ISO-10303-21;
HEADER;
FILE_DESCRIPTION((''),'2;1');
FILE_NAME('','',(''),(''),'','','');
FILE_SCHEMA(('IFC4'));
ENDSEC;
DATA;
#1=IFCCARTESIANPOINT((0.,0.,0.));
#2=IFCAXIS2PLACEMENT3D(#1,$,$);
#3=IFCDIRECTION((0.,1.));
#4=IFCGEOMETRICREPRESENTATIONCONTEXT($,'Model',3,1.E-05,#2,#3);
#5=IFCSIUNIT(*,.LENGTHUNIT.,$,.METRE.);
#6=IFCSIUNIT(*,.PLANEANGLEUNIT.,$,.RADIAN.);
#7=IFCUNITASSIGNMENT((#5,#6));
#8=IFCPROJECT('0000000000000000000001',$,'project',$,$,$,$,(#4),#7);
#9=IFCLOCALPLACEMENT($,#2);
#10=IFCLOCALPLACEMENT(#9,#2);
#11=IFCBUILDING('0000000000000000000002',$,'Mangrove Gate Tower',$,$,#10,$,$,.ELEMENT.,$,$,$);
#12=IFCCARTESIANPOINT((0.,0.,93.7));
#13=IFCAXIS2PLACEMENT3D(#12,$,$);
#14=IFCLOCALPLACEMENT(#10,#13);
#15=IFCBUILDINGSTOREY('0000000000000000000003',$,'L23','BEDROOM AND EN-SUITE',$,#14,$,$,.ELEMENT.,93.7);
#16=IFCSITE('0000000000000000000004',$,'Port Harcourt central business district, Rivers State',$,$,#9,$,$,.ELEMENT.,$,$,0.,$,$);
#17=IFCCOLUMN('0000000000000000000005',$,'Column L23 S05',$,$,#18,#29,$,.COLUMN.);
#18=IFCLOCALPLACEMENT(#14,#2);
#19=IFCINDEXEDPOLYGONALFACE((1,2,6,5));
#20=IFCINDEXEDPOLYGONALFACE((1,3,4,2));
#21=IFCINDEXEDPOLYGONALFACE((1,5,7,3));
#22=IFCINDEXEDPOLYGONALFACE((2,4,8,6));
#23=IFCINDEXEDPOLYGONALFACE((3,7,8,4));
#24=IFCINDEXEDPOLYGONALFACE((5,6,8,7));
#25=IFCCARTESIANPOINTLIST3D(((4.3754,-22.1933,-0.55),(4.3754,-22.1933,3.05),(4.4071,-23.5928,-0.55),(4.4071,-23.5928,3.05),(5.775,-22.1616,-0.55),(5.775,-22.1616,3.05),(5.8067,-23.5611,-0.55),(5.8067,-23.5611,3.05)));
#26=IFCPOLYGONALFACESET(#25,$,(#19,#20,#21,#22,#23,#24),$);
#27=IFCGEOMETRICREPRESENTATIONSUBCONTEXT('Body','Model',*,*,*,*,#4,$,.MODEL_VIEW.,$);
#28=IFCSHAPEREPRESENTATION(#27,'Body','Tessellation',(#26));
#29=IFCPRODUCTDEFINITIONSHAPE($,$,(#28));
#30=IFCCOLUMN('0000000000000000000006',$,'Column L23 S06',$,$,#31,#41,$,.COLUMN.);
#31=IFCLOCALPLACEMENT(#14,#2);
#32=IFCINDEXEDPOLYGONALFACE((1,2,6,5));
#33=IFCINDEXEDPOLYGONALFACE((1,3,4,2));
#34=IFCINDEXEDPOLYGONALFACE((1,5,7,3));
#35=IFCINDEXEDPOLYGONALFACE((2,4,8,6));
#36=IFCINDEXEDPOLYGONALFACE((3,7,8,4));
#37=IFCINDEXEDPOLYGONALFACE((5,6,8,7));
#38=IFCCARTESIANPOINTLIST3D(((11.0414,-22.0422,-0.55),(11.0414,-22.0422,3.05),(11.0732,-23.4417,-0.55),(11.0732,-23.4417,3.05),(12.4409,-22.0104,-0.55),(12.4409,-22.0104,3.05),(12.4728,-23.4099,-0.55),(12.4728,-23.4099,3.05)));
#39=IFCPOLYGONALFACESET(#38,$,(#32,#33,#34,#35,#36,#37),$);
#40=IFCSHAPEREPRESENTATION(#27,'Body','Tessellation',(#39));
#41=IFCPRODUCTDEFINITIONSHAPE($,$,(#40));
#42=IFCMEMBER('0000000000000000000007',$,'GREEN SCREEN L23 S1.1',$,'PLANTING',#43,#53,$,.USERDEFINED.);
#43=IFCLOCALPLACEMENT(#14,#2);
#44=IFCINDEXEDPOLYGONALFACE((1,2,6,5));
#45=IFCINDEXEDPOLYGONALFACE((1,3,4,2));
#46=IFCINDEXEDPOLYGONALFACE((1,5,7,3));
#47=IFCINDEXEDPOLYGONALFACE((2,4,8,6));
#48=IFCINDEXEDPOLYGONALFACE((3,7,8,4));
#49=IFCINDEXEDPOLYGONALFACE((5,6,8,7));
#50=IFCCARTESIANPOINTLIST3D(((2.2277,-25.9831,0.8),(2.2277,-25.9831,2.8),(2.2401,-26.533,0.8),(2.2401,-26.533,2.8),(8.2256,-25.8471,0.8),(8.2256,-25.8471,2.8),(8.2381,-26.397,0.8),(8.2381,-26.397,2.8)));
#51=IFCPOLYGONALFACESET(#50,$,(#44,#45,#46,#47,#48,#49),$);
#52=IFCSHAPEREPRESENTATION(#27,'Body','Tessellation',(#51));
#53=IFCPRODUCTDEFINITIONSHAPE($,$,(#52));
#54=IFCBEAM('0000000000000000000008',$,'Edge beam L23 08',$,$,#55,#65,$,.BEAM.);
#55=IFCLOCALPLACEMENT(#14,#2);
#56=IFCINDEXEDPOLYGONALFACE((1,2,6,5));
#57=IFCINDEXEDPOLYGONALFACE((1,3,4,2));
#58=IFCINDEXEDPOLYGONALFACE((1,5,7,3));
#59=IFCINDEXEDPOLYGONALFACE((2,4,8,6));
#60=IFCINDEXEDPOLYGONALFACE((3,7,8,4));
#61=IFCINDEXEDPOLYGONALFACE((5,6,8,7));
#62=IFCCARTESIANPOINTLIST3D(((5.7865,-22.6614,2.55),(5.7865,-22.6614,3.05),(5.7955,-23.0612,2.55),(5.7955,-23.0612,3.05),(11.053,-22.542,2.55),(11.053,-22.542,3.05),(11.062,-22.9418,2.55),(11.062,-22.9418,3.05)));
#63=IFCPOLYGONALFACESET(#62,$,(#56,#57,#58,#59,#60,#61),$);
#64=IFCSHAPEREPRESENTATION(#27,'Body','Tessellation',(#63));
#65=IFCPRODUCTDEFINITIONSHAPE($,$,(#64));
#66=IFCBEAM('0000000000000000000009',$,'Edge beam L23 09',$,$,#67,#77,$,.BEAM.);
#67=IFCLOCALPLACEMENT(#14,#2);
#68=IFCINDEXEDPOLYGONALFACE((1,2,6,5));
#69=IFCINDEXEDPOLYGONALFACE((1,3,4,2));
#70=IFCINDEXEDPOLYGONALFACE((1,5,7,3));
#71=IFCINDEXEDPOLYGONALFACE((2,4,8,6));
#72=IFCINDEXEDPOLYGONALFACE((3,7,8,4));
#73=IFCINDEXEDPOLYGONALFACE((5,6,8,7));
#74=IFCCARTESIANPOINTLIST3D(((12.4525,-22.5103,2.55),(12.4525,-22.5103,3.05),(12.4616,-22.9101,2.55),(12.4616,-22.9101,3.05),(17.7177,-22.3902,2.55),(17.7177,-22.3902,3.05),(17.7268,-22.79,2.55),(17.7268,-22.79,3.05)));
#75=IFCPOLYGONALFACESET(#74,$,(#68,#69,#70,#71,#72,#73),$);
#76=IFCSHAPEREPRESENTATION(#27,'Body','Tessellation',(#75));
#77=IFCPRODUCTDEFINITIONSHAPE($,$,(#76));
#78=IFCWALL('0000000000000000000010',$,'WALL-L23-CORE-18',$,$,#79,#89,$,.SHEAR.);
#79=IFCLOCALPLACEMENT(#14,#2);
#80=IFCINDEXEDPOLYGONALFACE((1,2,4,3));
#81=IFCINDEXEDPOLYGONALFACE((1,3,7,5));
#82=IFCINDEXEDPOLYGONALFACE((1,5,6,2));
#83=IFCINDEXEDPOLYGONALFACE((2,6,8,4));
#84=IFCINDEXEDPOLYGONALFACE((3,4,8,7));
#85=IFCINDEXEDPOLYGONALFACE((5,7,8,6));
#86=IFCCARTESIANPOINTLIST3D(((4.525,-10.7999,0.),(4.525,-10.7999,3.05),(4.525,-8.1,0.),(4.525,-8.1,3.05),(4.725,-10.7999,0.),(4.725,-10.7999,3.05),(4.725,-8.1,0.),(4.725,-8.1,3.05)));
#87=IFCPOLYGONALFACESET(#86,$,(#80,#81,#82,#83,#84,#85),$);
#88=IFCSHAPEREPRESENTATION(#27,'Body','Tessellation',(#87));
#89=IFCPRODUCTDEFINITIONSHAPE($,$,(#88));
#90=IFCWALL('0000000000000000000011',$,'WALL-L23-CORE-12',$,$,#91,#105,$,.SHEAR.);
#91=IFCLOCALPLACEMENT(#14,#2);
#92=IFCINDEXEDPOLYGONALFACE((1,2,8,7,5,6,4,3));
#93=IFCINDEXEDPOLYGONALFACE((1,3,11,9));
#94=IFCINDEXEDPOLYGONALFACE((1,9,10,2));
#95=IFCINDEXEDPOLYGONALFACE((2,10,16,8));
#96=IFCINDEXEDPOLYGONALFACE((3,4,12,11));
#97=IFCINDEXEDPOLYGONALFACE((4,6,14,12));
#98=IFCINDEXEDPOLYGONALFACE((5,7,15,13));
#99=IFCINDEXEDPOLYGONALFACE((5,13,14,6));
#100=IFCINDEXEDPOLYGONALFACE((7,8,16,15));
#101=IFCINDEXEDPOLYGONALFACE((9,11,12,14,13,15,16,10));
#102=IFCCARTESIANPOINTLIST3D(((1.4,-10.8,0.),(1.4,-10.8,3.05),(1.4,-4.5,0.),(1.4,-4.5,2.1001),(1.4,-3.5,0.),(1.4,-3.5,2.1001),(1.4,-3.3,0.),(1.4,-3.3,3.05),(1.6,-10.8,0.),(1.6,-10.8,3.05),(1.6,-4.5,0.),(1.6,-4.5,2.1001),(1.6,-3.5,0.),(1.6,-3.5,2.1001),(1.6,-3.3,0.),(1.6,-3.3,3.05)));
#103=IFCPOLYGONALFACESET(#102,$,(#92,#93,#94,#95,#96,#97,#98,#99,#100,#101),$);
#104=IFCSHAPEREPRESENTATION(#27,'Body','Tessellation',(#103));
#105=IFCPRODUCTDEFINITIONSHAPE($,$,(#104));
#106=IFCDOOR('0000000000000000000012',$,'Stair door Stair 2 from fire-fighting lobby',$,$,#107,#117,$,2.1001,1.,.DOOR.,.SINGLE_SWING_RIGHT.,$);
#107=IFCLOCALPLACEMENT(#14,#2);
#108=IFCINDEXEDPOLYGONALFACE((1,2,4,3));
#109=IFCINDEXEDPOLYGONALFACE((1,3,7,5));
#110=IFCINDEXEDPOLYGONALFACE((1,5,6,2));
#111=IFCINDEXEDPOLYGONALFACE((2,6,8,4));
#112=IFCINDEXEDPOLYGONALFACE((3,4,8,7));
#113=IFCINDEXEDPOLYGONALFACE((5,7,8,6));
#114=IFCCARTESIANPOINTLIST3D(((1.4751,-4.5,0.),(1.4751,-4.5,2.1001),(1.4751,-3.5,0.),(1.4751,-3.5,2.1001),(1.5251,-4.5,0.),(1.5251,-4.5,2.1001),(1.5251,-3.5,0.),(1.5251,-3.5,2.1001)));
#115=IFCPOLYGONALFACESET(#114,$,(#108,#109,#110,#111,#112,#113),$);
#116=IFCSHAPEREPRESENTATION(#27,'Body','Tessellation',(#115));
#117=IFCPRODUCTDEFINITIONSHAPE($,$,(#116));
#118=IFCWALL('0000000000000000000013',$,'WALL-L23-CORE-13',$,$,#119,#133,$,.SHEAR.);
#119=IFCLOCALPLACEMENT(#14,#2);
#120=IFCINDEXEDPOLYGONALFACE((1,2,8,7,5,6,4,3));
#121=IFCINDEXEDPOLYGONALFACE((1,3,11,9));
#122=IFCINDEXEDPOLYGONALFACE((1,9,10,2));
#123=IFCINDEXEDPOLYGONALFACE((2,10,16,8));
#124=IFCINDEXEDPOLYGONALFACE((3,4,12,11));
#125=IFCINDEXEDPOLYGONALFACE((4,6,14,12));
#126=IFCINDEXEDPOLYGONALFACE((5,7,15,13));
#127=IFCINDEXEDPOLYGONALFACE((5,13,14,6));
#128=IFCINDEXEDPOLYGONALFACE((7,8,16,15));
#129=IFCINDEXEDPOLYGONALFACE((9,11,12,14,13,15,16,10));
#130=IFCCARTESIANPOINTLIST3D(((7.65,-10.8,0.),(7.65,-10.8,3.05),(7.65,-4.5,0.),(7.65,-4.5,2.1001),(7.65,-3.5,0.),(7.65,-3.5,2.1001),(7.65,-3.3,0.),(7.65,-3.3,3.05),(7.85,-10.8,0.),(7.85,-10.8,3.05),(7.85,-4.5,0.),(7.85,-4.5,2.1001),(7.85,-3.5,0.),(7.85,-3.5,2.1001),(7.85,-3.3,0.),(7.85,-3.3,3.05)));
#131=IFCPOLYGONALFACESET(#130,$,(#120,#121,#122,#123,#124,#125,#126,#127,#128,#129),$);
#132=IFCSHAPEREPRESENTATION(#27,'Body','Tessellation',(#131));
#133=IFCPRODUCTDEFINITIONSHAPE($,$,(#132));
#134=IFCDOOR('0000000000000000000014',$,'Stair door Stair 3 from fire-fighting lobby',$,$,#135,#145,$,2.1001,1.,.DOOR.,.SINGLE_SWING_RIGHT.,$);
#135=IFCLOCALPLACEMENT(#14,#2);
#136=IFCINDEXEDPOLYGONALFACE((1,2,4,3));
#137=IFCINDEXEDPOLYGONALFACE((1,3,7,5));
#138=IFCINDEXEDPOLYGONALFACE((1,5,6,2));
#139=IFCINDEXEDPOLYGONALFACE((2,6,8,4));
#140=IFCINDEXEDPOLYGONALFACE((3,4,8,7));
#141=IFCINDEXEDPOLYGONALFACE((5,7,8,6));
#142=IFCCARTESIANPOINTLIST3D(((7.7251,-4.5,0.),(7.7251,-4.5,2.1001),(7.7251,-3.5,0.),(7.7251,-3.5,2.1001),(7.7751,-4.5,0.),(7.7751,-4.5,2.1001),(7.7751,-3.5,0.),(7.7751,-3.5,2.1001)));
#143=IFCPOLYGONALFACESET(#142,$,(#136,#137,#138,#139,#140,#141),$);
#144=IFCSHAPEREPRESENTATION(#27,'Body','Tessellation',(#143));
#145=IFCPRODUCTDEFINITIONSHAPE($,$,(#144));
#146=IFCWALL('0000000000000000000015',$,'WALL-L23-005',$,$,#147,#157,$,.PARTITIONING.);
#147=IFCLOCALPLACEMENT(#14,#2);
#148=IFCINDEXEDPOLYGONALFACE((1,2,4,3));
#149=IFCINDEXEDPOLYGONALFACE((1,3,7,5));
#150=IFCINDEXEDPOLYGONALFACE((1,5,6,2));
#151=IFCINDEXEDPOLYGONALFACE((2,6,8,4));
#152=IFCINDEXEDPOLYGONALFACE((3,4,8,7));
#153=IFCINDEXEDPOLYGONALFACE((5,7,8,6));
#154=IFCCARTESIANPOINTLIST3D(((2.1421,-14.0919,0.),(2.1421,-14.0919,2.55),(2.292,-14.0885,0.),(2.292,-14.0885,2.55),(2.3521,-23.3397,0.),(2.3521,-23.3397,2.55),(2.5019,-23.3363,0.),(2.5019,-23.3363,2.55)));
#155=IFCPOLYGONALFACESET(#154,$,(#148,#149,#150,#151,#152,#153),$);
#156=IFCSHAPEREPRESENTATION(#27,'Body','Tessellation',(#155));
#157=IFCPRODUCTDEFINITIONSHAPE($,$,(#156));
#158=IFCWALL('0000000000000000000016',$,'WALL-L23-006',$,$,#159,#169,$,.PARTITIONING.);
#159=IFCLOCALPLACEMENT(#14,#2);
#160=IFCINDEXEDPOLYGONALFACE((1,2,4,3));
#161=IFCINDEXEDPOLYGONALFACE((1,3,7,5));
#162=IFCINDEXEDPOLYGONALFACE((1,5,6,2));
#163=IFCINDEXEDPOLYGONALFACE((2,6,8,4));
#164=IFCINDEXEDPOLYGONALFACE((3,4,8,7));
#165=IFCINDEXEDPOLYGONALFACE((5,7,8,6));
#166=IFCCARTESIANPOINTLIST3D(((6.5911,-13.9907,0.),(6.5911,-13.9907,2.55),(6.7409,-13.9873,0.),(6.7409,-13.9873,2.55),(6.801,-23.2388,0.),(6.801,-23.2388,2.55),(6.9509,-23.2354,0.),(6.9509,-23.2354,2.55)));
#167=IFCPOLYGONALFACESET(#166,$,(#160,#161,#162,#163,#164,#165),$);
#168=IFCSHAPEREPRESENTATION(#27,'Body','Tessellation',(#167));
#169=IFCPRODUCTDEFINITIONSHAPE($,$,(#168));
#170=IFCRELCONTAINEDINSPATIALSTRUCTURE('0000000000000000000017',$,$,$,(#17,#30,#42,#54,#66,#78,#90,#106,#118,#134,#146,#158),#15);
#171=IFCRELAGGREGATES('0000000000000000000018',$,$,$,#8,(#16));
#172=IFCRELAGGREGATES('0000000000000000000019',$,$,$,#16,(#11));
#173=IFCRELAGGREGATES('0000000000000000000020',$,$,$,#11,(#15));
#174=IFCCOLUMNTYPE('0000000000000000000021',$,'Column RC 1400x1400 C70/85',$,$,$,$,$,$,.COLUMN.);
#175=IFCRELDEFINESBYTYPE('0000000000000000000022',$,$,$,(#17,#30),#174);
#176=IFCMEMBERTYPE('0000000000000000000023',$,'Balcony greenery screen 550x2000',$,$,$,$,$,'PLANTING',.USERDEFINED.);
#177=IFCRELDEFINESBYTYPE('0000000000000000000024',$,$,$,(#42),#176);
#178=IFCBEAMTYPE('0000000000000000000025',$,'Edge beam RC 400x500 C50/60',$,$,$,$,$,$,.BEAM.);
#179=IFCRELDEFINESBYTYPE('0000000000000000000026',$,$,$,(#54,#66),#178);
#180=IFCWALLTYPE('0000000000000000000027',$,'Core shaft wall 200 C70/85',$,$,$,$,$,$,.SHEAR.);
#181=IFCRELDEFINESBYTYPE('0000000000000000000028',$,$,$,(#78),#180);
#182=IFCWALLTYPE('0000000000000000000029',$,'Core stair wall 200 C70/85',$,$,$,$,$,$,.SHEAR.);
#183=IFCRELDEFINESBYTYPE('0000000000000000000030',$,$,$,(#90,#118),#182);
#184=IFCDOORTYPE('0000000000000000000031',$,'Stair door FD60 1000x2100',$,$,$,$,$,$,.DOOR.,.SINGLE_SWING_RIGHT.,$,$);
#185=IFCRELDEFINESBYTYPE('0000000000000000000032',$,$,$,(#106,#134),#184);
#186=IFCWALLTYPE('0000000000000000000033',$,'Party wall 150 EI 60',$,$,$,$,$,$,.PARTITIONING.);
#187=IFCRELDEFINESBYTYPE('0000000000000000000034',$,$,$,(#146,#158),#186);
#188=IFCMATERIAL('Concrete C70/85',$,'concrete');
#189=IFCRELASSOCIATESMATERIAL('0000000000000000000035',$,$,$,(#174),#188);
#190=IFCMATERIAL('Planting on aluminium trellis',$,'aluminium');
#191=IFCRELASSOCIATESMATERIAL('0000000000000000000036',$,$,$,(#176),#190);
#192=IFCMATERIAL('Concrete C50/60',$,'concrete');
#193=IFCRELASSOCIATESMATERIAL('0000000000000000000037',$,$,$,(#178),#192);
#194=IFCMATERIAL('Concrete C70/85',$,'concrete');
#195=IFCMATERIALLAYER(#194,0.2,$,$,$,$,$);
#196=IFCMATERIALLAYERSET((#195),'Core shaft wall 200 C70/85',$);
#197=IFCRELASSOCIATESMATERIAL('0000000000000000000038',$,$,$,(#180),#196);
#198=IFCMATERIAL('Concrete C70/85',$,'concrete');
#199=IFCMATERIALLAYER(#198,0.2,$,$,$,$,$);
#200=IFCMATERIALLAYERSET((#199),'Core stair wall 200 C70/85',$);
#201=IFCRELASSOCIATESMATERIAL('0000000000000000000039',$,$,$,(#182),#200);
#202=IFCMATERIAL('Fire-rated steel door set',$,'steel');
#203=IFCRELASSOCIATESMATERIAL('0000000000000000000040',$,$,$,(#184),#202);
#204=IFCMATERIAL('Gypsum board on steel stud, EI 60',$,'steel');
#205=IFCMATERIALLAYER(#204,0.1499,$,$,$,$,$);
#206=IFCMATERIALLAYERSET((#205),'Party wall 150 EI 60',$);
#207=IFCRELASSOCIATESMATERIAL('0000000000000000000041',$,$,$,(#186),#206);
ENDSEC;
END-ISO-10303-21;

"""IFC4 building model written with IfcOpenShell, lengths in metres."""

from ifc_helpers import new_model, si_unit, direction, frame, frame_2d, origin, origin_2d, place, context, subcontext, project, spatial, rectangle, extrude, material, layer, layer_set, material_profile, profile_set, type_object, element, fill, save


model = new_model("IFC4")

# Units and contexts
model_context = context("Model", 3, precision=1e-05, world=origin(), true_north=direction((0.0, 1.0)))
body_context = subcontext(model_context, "Body", "Model", "MODEL_VIEW")
ifc_project = project(units=[si_unit("LENGTHUNIT", "METRE"), si_unit("PLANEANGLEUNIT", "RADIAN")], contexts=[model_context])

# Site, building, storey
site_placement = place(None, origin())
site = spatial("IfcSite", under=ifc_project, at=site_placement, Name="Port Harcourt central business district, Rivers State", CompositionType="ELEMENT", RefElevation=0.0)
building_placement = place(site_placement, origin())
building = spatial("IfcBuilding", under=site, at=building_placement, Name="Mangrove Gate Tower", CompositionType="ELEMENT")
storey_placement = place(building_placement, frame((0.0, 0.0, 93.7)))
storey = spatial("IfcBuildingStorey", under=building, at=storey_placement, Name="L23", Description="BEDROOM AND EN-SUITE", CompositionType="ELEMENT", Elevation=93.7)

# Columns
ifc_material_1 = material(Name="Concrete C70/85", Category="concrete")
ifc_material_profile_1 = material_profile(ifc_material_1, rectangle(XDim=1.3999, YDim=1.3999, at=origin_2d()))
ifc_profile_set_1 = profile_set([ifc_material_profile_1], Name="Concrete C70/85")
column_type = type_object("IfcColumnType", Name="Column RC 1400x1400 C70/85", PredefinedType="COLUMN", material=ifc_profile_set_1)
for number, where, z_axis, x_axis, name in (
    (1, (5.0911, -22.8772, -0.55), (0.0, 0.0, 1.0), (0.999744, 0.022646, 0.0), "Column L23 S05"),
    (2, (11.7571, -22.7261, -0.55), (0.0, 0.0, 1.0), (0.999742, 0.022723, 0.0), "Column L23 S06"),
):
    element("IfcColumn", number, at=place(storey_placement, frame(where, z_axis=z_axis, x_axis=x_axis)), inside=storey, type_object=column_type, Name=name, PredefinedType="COLUMN", context=body_context, shape_type="SweptSolid", body=[
        extrude(rectangle(XDim=1.3999, YDim=1.3999, at=origin_2d()), origin(), (0.0, 0.0, 1.0), 3.6001),
    ])

# Member
ifc_material_2 = material(Name="Planting on aluminium trellis", Category="aluminium")
ifc_material_profile_2 = material_profile(ifc_material_2, rectangle(XDim=0.55, YDim=2.0, at=origin_2d()))
ifc_profile_set_2 = profile_set([ifc_material_profile_2], Name="Planting on aluminium trellis")
member_type = type_object("IfcMemberType", Name="Balcony greenery screen 550x2000", ElementType="PLANTING", PredefinedType="USERDEFINED", material=ifc_profile_set_2)
member_placement = place(storey_placement, frame((2.2339, -26.2581, 1.8), z_axis=(0.999743, 0.022666, 0.0), x_axis=(-0.022666, 0.999743, 0.0)))
element("IfcMember", 3, at=member_placement, inside=storey, type_object=member_type, Name="GREEN SCREEN L23 S1.1", ObjectType="PLANTING", PredefinedType="USERDEFINED", context=body_context, shape_type="SweptSolid", body=[
    extrude(rectangle(XDim=0.55, YDim=2.0, at=origin_2d()), origin(), (0.0, 0.0, 1.0), 5.9995),
])

# Beams
ifc_material_3 = material(Name="Concrete C50/60", Category="concrete")
ifc_material_profile_3 = material_profile(ifc_material_3, rectangle(XDim=0.3999, YDim=0.5, at=origin_2d()))
ifc_profile_set_3 = profile_set([ifc_material_profile_3], Name="Concrete C50/60")
beam_type = type_object("IfcBeamType", Name="Edge beam RC 400x500 C50/60", PredefinedType="BEAM", material=ifc_profile_set_3)
beam_1_placement = place(storey_placement, frame((5.791, -22.8613, 2.8), z_axis=(0.999743, 0.022664, 0.0), x_axis=(-0.022664, 0.999743, 0.0)))
element("IfcBeam", 4, at=beam_1_placement, inside=storey, type_object=beam_type, Name="Edge beam L23 08", PredefinedType="BEAM", context=body_context, shape_type="SweptSolid", body=[
    extrude(rectangle(XDim=0.3999, YDim=0.5, at=origin_2d()), origin(), (0.0, 0.0, 1.0), 5.2678),
])
beam_2_placement = place(storey_placement, frame((12.457, -22.7102, 2.8), z_axis=(0.99974, 0.022808, 0.0), x_axis=(-0.022808, 0.99974, 0.0)))
element("IfcBeam", 5, at=beam_2_placement, inside=storey, type_object=beam_type, Name="Edge beam L23 09", PredefinedType="BEAM", context=body_context, shape_type="SweptSolid", body=[
    extrude(rectangle(XDim=0.3999, YDim=0.5, at=origin_2d()), origin(), (0.0, 0.0, 1.0), 5.2666),
])

# Wall
ifc_material_4 = material(Name="Concrete C70/85", Category="concrete")
ifc_layer_1 = layer(ifc_material_4, 0.2)
ifc_layer_set_1 = layer_set([ifc_layer_1], Name="Core shaft wall 200 C70/85")
wall_type_1 = type_object("IfcWallType", Name="Core shaft wall 200 C70/85", PredefinedType="SHEAR", material=ifc_layer_set_1)
wall_1_placement = place(storey_placement, frame((4.625, -10.8, 0.0), z_axis=(0.0, 0.0, 1.0), x_axis=(0.0, 1.0, 0.0)))
element("IfcWall", 6, at=wall_1_placement, inside=storey, type_object=wall_type_1, Name="WALL-L23-CORE-18", PredefinedType="SHEAR", context=body_context, shape_type="SweptSolid", body=[
    extrude(rectangle(XDim=2.7, YDim=0.2, at=frame_2d((1.3501, 0.0))), origin(), (0.0, 0.0, 1.0), 3.05),
])

# Walls, openings, doors
ifc_material_5 = material(Name="Concrete C70/85", Category="concrete")
ifc_layer_2 = layer(ifc_material_5, 0.2)
ifc_layer_set_2 = layer_set([ifc_layer_2], Name="Core stair wall 200 C70/85")
wall_type_2 = type_object("IfcWallType", Name="Core stair wall 200 C70/85", PredefinedType="SHEAR", material=ifc_layer_set_2)
wall_2_placement = place(storey_placement, frame((1.5, -10.8, 0.0), z_axis=(0.0, 0.0, 1.0), x_axis=(0.0, 1.0, 0.0)))
wall_2 = element("IfcWall", 7, at=wall_2_placement, inside=storey, type_object=wall_type_2, Name="WALL-L23-CORE-12", PredefinedType="SHEAR", context=body_context, shape_type="SweptSolid", body=[
    extrude(rectangle(XDim=7.5, YDim=0.2, at=frame_2d((3.75, 0.0))), origin(), (0.0, 0.0, 1.0), 3.05),
])
opening_1_placement = place(wall_2_placement, frame((6.3, 0.0, 0.0)))
opening_1 = element("IfcOpeningElement", 8, at=opening_1_placement, cuts=wall_2, PredefinedType="OPENING", context=body_context, shape_type="SweptSolid", body=[
    extrude(rectangle(XDim=1.0, YDim=2.1001, at=frame_2d((0.5, 1.05))), frame((0.0, 0.1099, 0.0), z_axis=(0.0, -1.0, 0.0), x_axis=(1.0, 0.0, 0.0)), (0.0, 0.0, 1.0), 0.22),
])
ifc_material_6 = material(Name="Fire-rated steel door set", Category="steel")
door_type_1 = type_object("IfcDoorType", Name="Stair door FD60 1000x2100", OperationType="SINGLE_SWING_RIGHT", PredefinedType="DOOR", material=ifc_material_6)
door_1_placement = place(opening_1_placement, origin())
door_1 = element("IfcDoor", 9, at=door_1_placement, inside=storey, type_object=door_type_1, Name="Stair door Stair 2 from fire-fighting lobby", OperationType="SINGLE_SWING_RIGHT", OverallHeight=2.1001, OverallWidth=1.0, PredefinedType="DOOR", context=body_context, shape_type="SweptSolid", body=[
    extrude(rectangle(XDim=1.0, YDim=2.1001, at=frame_2d((0.5, 1.05))), frame((0.0, 0.0249, 0.0), z_axis=(0.0, -1.0, 0.0), x_axis=(1.0, 0.0, 0.0)), (0.0, 0.0, 1.0), 0.05),
])
fill(opening_1, door_1)
wall_3_placement = place(storey_placement, frame((7.75, -10.8, 0.0), z_axis=(0.0, 0.0, 1.0), x_axis=(0.0, 1.0, 0.0)))
wall_3 = element("IfcWall", 10, at=wall_3_placement, inside=storey, type_object=wall_type_2, Name="WALL-L23-CORE-13", PredefinedType="SHEAR", context=body_context, shape_type="SweptSolid", body=[
    extrude(rectangle(XDim=7.5, YDim=0.2, at=frame_2d((3.75, 0.0))), origin(), (0.0, 0.0, 1.0), 3.05),
])
opening_2_placement = place(wall_3_placement, frame((6.3, 0.0, 0.0)))
opening_2 = element("IfcOpeningElement", 11, at=opening_2_placement, cuts=wall_3, PredefinedType="OPENING", context=body_context, shape_type="SweptSolid", body=[
    extrude(rectangle(XDim=1.0, YDim=2.1001, at=frame_2d((0.5, 1.05))), frame((0.0, 0.1099, 0.0), z_axis=(0.0, -1.0, 0.0), x_axis=(1.0, 0.0, 0.0)), (0.0, 0.0, 1.0), 0.22),
])
door_2_placement = place(opening_2_placement, origin())
door_2 = element("IfcDoor", 12, at=door_2_placement, inside=storey, type_object=door_type_1, Name="Stair door Stair 3 from fire-fighting lobby", OperationType="SINGLE_SWING_RIGHT", OverallHeight=2.1001, OverallWidth=1.0, PredefinedType="DOOR", context=body_context, shape_type="SweptSolid", body=[
    extrude(rectangle(XDim=1.0, YDim=2.1001, at=frame_2d((0.5, 1.05))), frame((0.0, 0.0249, 0.0), z_axis=(0.0, -1.0, 0.0), x_axis=(1.0, 0.0, 0.0)), (0.0, 0.0, 1.0), 0.05),
])
fill(opening_2, door_2)

# Walls
ifc_material_7 = material(Name="Gypsum board on steel stud, EI 60", Category="steel")
ifc_layer_3 = layer(ifc_material_7, 0.1499)
ifc_layer_set_3 = layer_set([ifc_layer_3], Name="Party wall 150 EI 60")
wall_type_3 = type_object("IfcWallType", Name="Party wall 150 EI 60", PredefinedType="PARTITIONING", material=ifc_layer_set_3)
wall_4_placement = place(storey_placement, frame((2.427, -23.3379, 0.0), z_axis=(0.0, 0.0, 1.0), x_axis=(-0.022698, 0.999742, 0.0)))
element("IfcWall", 13, at=wall_4_placement, inside=storey, type_object=wall_type_3, Name="WALL-L23-005", PredefinedType="PARTITIONING", context=body_context, shape_type="SweptSolid", body=[
    extrude(rectangle(XDim=9.2502, YDim=0.1499, at=frame_2d((4.625, 0.0))), origin(), (0.0, 0.0, 1.0), 2.55),
])
wall_5_placement = place(storey_placement, frame((6.876, -23.2371, 0.0), z_axis=(0.0, 0.0, 1.0), x_axis=(-0.022697, 0.999742, 0.0)))
element("IfcWall", 14, at=wall_5_placement, inside=storey, type_object=wall_type_3, Name="WALL-L23-006", PredefinedType="PARTITIONING", context=body_context, shape_type="SweptSolid", body=[
    extrude(rectangle(XDim=9.2505, YDim=0.1499, at=frame_2d((4.6252, 0.0))), origin(), (0.0, 0.0, 1.0), 2.55),
])

save(model, "model.ifc")
